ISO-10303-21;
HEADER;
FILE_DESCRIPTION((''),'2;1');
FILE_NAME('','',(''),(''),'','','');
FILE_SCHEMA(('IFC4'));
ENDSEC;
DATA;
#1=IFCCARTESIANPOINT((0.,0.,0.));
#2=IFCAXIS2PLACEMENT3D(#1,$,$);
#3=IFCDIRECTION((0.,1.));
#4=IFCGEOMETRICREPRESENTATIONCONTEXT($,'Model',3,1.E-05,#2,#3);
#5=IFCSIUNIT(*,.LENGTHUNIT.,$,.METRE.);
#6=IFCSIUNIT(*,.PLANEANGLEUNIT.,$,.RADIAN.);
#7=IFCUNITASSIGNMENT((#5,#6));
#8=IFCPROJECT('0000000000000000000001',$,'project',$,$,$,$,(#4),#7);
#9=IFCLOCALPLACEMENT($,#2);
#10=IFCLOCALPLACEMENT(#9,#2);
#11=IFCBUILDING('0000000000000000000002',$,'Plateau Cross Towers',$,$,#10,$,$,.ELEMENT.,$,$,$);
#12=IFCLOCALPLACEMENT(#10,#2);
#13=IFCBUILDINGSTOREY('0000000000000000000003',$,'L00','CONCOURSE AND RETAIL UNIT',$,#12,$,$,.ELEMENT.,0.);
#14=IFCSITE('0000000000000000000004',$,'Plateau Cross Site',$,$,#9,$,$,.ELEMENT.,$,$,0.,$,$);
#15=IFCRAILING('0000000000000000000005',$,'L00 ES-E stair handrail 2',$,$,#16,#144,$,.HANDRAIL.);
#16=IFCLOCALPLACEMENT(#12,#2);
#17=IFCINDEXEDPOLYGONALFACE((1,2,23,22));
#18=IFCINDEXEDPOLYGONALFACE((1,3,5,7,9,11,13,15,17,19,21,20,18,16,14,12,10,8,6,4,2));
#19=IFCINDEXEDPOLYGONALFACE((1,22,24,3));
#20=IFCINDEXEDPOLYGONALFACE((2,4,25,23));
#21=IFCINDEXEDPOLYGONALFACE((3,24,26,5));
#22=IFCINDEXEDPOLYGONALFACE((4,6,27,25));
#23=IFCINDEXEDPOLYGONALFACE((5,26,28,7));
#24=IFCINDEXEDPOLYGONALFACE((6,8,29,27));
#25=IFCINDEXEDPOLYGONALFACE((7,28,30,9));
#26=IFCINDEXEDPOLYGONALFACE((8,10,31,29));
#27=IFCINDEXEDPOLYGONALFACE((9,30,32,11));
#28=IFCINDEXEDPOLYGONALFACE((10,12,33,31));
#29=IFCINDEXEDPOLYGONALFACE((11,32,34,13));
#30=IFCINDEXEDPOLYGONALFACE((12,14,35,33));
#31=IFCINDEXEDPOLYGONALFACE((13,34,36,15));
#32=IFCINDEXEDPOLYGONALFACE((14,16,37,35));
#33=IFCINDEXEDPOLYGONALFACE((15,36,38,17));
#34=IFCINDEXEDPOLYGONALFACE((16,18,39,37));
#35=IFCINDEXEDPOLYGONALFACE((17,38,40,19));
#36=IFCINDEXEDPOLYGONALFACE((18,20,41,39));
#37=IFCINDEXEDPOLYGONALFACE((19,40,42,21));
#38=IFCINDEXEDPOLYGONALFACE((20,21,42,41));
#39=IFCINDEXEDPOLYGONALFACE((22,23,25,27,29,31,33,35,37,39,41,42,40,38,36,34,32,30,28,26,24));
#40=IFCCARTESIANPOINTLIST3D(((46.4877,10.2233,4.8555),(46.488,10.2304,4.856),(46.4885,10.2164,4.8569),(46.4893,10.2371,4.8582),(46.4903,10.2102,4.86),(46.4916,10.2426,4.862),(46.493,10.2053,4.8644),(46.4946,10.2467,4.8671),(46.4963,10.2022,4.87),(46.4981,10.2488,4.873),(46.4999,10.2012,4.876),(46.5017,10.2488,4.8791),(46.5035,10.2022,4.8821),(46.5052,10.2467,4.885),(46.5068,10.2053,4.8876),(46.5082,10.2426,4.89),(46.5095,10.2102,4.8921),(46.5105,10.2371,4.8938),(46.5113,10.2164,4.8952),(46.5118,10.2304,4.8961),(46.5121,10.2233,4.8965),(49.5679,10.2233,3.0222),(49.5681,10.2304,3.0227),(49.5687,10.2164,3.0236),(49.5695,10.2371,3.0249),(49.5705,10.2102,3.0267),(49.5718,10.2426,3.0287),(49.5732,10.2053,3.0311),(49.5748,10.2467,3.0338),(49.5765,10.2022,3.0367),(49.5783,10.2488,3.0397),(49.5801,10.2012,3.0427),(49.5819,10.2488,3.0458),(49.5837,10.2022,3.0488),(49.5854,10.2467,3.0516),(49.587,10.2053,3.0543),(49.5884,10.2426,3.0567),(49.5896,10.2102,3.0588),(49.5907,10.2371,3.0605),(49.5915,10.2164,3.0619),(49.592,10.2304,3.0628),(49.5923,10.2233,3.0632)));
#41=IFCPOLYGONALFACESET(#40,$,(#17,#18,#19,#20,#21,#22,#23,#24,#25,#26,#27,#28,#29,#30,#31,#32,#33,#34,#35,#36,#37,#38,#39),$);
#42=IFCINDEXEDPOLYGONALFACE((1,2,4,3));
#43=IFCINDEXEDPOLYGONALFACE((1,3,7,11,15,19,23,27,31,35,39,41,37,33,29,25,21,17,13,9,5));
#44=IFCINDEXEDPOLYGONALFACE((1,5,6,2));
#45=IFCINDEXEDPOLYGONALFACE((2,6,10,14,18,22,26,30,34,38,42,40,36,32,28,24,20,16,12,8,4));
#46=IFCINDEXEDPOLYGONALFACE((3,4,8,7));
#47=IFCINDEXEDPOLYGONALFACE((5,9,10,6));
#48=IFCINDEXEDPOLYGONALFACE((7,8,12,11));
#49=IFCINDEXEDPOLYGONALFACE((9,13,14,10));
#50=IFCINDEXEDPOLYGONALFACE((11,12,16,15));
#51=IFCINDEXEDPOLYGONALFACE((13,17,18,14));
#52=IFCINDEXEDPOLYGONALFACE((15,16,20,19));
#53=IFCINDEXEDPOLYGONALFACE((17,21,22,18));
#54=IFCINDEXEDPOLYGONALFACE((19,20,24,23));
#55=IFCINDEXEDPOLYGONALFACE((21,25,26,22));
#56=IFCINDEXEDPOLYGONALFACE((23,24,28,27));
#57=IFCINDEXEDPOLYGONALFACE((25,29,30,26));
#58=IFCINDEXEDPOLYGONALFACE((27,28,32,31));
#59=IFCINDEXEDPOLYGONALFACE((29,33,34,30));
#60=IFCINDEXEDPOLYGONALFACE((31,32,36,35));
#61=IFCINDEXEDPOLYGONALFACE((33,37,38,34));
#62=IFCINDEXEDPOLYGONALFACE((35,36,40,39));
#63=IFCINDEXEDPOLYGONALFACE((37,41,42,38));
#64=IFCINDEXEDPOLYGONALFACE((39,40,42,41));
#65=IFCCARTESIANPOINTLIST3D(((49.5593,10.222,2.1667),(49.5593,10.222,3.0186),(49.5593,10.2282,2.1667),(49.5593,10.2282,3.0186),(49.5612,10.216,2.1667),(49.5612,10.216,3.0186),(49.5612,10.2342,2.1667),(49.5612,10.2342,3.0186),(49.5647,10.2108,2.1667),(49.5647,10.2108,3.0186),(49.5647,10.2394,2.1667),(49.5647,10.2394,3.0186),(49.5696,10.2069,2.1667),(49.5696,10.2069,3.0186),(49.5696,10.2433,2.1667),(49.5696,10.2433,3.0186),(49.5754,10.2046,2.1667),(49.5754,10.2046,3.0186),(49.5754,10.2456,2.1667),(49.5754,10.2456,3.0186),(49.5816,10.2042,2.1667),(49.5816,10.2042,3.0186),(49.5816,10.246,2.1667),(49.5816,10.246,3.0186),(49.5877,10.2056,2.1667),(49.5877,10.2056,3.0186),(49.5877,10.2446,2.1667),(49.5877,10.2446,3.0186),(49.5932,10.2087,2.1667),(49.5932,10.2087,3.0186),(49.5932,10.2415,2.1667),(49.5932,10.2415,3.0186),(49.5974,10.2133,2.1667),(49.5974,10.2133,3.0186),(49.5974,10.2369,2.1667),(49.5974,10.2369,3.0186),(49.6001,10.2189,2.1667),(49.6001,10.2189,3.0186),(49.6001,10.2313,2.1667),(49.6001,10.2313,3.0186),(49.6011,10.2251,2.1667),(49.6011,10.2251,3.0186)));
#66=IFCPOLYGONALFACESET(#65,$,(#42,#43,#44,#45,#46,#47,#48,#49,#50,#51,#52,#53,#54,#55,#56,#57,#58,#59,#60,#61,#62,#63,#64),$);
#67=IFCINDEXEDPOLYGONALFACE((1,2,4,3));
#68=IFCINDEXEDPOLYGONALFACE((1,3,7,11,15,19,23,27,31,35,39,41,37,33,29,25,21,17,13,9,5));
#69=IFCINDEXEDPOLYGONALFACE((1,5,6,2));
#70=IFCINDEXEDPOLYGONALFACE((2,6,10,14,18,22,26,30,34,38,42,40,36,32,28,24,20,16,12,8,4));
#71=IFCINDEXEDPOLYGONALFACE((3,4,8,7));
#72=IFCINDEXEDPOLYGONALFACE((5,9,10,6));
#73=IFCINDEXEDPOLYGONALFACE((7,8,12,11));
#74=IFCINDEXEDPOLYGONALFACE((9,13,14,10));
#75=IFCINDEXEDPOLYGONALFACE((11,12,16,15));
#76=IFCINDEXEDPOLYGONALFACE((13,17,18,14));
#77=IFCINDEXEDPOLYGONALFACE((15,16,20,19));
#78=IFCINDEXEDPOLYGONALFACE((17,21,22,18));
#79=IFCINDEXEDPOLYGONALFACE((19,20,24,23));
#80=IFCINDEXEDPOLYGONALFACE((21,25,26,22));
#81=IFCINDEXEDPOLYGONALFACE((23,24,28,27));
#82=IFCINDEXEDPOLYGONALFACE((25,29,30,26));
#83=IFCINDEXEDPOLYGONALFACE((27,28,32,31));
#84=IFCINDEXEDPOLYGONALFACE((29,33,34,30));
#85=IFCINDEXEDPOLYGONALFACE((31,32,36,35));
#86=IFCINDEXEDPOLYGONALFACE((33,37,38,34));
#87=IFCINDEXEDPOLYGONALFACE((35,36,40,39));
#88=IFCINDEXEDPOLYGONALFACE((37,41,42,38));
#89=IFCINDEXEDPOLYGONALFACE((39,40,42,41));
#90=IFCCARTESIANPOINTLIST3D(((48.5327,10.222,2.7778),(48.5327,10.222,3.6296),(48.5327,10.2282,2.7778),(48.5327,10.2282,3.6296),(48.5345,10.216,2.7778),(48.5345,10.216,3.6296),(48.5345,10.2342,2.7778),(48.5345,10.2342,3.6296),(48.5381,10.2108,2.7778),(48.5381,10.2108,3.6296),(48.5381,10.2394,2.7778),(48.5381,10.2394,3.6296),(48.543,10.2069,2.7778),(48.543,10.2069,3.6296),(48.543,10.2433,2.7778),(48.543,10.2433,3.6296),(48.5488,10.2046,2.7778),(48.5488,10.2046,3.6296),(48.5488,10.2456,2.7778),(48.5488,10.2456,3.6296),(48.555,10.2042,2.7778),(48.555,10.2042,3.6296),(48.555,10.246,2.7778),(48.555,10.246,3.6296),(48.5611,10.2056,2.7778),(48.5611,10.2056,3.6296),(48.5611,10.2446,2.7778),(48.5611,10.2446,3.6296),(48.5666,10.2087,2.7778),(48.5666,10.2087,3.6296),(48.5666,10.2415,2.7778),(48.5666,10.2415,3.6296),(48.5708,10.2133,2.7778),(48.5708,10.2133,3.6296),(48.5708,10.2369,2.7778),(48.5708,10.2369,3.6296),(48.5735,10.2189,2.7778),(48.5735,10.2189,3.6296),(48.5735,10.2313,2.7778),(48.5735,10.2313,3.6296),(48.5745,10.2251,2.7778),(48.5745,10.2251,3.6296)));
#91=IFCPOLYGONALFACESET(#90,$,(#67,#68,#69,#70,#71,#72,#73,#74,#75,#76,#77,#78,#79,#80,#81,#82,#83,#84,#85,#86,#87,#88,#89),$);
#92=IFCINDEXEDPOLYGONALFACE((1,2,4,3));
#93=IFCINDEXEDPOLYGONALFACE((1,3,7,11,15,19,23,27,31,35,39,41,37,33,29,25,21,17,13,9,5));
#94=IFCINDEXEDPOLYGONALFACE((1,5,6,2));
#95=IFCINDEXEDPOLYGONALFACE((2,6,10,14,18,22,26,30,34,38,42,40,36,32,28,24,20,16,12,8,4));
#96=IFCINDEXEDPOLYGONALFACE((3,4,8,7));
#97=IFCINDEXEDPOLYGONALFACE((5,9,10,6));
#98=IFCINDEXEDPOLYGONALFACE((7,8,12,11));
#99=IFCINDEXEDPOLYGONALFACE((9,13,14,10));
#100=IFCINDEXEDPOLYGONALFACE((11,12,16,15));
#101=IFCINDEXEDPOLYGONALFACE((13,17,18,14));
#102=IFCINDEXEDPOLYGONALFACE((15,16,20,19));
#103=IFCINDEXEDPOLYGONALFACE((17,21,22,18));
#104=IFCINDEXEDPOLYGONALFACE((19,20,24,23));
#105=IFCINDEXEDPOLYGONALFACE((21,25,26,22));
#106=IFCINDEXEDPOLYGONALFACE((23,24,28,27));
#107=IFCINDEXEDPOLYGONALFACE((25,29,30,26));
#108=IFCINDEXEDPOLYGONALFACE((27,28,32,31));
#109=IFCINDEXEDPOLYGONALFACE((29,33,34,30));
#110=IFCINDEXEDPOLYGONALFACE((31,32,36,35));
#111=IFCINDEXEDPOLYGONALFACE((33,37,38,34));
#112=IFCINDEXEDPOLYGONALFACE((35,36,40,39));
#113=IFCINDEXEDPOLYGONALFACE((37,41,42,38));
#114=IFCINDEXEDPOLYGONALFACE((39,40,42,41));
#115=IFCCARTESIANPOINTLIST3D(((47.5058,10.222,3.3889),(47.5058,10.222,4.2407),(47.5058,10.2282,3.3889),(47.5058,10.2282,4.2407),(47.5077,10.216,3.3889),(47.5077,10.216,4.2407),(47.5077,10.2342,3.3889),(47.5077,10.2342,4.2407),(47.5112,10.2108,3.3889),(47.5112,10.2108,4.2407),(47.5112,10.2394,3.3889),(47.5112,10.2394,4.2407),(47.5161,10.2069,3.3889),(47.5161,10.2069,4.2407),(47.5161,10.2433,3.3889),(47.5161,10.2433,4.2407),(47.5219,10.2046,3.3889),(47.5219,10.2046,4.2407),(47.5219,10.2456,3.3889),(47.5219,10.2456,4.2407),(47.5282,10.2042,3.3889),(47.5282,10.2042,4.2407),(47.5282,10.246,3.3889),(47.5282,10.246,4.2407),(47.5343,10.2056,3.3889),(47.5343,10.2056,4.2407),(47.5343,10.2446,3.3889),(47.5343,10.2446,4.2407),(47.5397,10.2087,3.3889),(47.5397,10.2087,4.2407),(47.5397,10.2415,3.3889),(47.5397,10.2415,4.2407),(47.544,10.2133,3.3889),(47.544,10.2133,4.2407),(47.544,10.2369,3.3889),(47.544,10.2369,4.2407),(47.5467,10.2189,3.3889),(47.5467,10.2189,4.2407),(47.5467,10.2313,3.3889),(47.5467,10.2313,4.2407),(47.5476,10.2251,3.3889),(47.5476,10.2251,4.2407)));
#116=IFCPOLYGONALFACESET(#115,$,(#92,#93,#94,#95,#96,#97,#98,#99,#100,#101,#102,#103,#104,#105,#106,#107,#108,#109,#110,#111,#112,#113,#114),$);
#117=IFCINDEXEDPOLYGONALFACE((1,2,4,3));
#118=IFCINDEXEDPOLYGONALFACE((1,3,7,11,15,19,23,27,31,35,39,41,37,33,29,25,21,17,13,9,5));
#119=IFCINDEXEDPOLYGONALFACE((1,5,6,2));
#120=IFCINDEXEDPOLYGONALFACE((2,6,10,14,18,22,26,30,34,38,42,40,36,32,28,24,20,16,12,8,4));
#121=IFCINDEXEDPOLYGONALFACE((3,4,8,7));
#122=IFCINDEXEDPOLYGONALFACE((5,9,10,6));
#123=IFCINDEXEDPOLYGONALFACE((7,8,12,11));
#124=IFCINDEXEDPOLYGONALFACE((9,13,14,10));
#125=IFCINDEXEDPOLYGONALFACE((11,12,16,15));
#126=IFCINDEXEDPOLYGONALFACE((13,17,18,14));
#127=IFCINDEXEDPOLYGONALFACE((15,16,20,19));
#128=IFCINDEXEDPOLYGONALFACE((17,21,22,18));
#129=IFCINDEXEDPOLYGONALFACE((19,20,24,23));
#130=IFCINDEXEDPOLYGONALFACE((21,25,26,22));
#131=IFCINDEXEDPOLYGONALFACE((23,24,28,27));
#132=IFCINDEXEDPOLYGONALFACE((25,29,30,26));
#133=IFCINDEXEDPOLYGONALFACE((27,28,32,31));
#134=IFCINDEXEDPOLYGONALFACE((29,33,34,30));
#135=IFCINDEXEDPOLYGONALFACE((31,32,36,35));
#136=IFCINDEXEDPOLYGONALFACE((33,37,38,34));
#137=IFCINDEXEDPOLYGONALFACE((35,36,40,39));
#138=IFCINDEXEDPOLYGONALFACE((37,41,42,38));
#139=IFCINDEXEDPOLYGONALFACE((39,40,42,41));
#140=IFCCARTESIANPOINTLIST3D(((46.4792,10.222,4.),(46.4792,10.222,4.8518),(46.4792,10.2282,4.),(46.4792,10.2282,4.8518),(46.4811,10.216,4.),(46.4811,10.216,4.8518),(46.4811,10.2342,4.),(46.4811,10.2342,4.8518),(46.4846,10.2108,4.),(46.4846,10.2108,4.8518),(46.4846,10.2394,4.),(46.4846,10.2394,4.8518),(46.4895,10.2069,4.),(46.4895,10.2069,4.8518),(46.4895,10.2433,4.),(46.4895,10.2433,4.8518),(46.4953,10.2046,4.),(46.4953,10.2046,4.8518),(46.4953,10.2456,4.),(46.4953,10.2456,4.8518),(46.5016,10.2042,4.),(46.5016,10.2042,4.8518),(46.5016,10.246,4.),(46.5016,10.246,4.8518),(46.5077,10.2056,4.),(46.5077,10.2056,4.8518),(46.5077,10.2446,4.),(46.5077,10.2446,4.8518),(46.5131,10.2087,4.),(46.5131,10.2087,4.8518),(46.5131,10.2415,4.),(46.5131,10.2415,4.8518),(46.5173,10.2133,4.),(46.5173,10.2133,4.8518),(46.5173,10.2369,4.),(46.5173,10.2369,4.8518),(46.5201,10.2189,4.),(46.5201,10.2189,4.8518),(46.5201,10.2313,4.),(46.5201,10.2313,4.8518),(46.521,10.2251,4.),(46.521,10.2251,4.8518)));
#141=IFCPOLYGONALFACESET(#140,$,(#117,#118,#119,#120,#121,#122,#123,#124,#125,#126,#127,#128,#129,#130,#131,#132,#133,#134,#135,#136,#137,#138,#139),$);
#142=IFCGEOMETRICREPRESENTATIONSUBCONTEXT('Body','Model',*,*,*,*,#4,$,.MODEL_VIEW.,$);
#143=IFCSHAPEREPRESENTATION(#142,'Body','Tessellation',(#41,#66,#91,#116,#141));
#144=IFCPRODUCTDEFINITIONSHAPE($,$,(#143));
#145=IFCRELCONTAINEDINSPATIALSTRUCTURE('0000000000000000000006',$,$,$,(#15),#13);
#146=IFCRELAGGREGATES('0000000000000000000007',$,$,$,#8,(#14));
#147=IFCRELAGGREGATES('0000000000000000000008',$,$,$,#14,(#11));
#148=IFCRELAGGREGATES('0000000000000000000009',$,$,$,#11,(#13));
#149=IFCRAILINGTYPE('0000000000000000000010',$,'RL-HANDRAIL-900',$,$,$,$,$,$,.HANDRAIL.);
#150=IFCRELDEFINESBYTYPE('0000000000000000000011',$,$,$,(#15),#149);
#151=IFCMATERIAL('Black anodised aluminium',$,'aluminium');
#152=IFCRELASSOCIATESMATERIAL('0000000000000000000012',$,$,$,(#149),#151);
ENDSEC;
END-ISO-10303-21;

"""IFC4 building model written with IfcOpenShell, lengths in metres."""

from ifc_helpers import new_model, si_unit, direction, frame, origin, origin_2d, place, context, subcontext, project, spatial, circle, extrude, material, type_object, element, save


model = new_model("IFC4")

# Units and contexts
model_context = context("Model", 3, precision=1e-05, world=origin(), true_north=direction((0.0, 1.0)))
body_context = subcontext(model_context, "Body", "Model", "MODEL_VIEW")
ifc_project = project(units=[si_unit("LENGTHUNIT", "METRE"), si_unit("PLANEANGLEUNIT", "RADIAN")], contexts=[model_context])

# Site, building, storey
site_placement = place(None, origin())
site = spatial("IfcSite", under=ifc_project, at=site_placement, Name="Plateau Cross Site", CompositionType="ELEMENT", RefElevation=0.0)
building_placement = place(site_placement, origin())
building = spatial("IfcBuilding", under=site, at=building_placement, Name="Plateau Cross Towers", CompositionType="ELEMENT")
storey_placement = place(building_placement, origin())
storey = spatial("IfcBuildingStorey", under=building, at=storey_placement, Name="L00", Description="CONCOURSE AND RETAIL UNIT", CompositionType="ELEMENT", Elevation=0.0)

# Railing
ifc_material_1 = material(Name="Black anodised aluminium", Category="aluminium")
railing_type_1 = type_object("IfcRailingType", Name="RL-HANDRAIL-900", PredefinedType="HANDRAIL", material=ifc_material_1)
railing_1_placement = place(storey_placement, frame((49.5801, 10.2251, 2.1667)))
element("IfcRailing", 1, at=railing_1_placement, inside=storey, type_object=railing_type_1, Name="L00 ES-E stair handrail 2", PredefinedType="HANDRAIL", context=body_context, shape_type="SweptSolid", body=[
    extrude(circle(Radius=0.0239, at=origin_2d()), frame((0.0, 0.0, 0.876), z_axis=(-0.859309, 0.0, 0.511458), x_axis=(0.0, -1.0, 0.0)), (0.0, 0.0, 1.0), 3.5845),
    extrude(circle(Radius=0.021, at=origin_2d()), origin(), (0.0, 0.0, 1.0), 0.8518),
    extrude(circle(Radius=0.021, at=origin_2d()), frame((-1.0266, 0.0, 0.6111)), (0.0, 0.0, 1.0), 0.8518),
    extrude(circle(Radius=0.021, at=origin_2d()), frame((-2.0535, 0.0, 1.2222)), (0.0, 0.0, 1.0), 0.8518),
    extrude(circle(Radius=0.021, at=origin_2d()), frame((-3.0801, 0.0, 1.8333)), (0.0, 0.0, 1.0), 0.8518),
])

save(model, "model.ifc")
